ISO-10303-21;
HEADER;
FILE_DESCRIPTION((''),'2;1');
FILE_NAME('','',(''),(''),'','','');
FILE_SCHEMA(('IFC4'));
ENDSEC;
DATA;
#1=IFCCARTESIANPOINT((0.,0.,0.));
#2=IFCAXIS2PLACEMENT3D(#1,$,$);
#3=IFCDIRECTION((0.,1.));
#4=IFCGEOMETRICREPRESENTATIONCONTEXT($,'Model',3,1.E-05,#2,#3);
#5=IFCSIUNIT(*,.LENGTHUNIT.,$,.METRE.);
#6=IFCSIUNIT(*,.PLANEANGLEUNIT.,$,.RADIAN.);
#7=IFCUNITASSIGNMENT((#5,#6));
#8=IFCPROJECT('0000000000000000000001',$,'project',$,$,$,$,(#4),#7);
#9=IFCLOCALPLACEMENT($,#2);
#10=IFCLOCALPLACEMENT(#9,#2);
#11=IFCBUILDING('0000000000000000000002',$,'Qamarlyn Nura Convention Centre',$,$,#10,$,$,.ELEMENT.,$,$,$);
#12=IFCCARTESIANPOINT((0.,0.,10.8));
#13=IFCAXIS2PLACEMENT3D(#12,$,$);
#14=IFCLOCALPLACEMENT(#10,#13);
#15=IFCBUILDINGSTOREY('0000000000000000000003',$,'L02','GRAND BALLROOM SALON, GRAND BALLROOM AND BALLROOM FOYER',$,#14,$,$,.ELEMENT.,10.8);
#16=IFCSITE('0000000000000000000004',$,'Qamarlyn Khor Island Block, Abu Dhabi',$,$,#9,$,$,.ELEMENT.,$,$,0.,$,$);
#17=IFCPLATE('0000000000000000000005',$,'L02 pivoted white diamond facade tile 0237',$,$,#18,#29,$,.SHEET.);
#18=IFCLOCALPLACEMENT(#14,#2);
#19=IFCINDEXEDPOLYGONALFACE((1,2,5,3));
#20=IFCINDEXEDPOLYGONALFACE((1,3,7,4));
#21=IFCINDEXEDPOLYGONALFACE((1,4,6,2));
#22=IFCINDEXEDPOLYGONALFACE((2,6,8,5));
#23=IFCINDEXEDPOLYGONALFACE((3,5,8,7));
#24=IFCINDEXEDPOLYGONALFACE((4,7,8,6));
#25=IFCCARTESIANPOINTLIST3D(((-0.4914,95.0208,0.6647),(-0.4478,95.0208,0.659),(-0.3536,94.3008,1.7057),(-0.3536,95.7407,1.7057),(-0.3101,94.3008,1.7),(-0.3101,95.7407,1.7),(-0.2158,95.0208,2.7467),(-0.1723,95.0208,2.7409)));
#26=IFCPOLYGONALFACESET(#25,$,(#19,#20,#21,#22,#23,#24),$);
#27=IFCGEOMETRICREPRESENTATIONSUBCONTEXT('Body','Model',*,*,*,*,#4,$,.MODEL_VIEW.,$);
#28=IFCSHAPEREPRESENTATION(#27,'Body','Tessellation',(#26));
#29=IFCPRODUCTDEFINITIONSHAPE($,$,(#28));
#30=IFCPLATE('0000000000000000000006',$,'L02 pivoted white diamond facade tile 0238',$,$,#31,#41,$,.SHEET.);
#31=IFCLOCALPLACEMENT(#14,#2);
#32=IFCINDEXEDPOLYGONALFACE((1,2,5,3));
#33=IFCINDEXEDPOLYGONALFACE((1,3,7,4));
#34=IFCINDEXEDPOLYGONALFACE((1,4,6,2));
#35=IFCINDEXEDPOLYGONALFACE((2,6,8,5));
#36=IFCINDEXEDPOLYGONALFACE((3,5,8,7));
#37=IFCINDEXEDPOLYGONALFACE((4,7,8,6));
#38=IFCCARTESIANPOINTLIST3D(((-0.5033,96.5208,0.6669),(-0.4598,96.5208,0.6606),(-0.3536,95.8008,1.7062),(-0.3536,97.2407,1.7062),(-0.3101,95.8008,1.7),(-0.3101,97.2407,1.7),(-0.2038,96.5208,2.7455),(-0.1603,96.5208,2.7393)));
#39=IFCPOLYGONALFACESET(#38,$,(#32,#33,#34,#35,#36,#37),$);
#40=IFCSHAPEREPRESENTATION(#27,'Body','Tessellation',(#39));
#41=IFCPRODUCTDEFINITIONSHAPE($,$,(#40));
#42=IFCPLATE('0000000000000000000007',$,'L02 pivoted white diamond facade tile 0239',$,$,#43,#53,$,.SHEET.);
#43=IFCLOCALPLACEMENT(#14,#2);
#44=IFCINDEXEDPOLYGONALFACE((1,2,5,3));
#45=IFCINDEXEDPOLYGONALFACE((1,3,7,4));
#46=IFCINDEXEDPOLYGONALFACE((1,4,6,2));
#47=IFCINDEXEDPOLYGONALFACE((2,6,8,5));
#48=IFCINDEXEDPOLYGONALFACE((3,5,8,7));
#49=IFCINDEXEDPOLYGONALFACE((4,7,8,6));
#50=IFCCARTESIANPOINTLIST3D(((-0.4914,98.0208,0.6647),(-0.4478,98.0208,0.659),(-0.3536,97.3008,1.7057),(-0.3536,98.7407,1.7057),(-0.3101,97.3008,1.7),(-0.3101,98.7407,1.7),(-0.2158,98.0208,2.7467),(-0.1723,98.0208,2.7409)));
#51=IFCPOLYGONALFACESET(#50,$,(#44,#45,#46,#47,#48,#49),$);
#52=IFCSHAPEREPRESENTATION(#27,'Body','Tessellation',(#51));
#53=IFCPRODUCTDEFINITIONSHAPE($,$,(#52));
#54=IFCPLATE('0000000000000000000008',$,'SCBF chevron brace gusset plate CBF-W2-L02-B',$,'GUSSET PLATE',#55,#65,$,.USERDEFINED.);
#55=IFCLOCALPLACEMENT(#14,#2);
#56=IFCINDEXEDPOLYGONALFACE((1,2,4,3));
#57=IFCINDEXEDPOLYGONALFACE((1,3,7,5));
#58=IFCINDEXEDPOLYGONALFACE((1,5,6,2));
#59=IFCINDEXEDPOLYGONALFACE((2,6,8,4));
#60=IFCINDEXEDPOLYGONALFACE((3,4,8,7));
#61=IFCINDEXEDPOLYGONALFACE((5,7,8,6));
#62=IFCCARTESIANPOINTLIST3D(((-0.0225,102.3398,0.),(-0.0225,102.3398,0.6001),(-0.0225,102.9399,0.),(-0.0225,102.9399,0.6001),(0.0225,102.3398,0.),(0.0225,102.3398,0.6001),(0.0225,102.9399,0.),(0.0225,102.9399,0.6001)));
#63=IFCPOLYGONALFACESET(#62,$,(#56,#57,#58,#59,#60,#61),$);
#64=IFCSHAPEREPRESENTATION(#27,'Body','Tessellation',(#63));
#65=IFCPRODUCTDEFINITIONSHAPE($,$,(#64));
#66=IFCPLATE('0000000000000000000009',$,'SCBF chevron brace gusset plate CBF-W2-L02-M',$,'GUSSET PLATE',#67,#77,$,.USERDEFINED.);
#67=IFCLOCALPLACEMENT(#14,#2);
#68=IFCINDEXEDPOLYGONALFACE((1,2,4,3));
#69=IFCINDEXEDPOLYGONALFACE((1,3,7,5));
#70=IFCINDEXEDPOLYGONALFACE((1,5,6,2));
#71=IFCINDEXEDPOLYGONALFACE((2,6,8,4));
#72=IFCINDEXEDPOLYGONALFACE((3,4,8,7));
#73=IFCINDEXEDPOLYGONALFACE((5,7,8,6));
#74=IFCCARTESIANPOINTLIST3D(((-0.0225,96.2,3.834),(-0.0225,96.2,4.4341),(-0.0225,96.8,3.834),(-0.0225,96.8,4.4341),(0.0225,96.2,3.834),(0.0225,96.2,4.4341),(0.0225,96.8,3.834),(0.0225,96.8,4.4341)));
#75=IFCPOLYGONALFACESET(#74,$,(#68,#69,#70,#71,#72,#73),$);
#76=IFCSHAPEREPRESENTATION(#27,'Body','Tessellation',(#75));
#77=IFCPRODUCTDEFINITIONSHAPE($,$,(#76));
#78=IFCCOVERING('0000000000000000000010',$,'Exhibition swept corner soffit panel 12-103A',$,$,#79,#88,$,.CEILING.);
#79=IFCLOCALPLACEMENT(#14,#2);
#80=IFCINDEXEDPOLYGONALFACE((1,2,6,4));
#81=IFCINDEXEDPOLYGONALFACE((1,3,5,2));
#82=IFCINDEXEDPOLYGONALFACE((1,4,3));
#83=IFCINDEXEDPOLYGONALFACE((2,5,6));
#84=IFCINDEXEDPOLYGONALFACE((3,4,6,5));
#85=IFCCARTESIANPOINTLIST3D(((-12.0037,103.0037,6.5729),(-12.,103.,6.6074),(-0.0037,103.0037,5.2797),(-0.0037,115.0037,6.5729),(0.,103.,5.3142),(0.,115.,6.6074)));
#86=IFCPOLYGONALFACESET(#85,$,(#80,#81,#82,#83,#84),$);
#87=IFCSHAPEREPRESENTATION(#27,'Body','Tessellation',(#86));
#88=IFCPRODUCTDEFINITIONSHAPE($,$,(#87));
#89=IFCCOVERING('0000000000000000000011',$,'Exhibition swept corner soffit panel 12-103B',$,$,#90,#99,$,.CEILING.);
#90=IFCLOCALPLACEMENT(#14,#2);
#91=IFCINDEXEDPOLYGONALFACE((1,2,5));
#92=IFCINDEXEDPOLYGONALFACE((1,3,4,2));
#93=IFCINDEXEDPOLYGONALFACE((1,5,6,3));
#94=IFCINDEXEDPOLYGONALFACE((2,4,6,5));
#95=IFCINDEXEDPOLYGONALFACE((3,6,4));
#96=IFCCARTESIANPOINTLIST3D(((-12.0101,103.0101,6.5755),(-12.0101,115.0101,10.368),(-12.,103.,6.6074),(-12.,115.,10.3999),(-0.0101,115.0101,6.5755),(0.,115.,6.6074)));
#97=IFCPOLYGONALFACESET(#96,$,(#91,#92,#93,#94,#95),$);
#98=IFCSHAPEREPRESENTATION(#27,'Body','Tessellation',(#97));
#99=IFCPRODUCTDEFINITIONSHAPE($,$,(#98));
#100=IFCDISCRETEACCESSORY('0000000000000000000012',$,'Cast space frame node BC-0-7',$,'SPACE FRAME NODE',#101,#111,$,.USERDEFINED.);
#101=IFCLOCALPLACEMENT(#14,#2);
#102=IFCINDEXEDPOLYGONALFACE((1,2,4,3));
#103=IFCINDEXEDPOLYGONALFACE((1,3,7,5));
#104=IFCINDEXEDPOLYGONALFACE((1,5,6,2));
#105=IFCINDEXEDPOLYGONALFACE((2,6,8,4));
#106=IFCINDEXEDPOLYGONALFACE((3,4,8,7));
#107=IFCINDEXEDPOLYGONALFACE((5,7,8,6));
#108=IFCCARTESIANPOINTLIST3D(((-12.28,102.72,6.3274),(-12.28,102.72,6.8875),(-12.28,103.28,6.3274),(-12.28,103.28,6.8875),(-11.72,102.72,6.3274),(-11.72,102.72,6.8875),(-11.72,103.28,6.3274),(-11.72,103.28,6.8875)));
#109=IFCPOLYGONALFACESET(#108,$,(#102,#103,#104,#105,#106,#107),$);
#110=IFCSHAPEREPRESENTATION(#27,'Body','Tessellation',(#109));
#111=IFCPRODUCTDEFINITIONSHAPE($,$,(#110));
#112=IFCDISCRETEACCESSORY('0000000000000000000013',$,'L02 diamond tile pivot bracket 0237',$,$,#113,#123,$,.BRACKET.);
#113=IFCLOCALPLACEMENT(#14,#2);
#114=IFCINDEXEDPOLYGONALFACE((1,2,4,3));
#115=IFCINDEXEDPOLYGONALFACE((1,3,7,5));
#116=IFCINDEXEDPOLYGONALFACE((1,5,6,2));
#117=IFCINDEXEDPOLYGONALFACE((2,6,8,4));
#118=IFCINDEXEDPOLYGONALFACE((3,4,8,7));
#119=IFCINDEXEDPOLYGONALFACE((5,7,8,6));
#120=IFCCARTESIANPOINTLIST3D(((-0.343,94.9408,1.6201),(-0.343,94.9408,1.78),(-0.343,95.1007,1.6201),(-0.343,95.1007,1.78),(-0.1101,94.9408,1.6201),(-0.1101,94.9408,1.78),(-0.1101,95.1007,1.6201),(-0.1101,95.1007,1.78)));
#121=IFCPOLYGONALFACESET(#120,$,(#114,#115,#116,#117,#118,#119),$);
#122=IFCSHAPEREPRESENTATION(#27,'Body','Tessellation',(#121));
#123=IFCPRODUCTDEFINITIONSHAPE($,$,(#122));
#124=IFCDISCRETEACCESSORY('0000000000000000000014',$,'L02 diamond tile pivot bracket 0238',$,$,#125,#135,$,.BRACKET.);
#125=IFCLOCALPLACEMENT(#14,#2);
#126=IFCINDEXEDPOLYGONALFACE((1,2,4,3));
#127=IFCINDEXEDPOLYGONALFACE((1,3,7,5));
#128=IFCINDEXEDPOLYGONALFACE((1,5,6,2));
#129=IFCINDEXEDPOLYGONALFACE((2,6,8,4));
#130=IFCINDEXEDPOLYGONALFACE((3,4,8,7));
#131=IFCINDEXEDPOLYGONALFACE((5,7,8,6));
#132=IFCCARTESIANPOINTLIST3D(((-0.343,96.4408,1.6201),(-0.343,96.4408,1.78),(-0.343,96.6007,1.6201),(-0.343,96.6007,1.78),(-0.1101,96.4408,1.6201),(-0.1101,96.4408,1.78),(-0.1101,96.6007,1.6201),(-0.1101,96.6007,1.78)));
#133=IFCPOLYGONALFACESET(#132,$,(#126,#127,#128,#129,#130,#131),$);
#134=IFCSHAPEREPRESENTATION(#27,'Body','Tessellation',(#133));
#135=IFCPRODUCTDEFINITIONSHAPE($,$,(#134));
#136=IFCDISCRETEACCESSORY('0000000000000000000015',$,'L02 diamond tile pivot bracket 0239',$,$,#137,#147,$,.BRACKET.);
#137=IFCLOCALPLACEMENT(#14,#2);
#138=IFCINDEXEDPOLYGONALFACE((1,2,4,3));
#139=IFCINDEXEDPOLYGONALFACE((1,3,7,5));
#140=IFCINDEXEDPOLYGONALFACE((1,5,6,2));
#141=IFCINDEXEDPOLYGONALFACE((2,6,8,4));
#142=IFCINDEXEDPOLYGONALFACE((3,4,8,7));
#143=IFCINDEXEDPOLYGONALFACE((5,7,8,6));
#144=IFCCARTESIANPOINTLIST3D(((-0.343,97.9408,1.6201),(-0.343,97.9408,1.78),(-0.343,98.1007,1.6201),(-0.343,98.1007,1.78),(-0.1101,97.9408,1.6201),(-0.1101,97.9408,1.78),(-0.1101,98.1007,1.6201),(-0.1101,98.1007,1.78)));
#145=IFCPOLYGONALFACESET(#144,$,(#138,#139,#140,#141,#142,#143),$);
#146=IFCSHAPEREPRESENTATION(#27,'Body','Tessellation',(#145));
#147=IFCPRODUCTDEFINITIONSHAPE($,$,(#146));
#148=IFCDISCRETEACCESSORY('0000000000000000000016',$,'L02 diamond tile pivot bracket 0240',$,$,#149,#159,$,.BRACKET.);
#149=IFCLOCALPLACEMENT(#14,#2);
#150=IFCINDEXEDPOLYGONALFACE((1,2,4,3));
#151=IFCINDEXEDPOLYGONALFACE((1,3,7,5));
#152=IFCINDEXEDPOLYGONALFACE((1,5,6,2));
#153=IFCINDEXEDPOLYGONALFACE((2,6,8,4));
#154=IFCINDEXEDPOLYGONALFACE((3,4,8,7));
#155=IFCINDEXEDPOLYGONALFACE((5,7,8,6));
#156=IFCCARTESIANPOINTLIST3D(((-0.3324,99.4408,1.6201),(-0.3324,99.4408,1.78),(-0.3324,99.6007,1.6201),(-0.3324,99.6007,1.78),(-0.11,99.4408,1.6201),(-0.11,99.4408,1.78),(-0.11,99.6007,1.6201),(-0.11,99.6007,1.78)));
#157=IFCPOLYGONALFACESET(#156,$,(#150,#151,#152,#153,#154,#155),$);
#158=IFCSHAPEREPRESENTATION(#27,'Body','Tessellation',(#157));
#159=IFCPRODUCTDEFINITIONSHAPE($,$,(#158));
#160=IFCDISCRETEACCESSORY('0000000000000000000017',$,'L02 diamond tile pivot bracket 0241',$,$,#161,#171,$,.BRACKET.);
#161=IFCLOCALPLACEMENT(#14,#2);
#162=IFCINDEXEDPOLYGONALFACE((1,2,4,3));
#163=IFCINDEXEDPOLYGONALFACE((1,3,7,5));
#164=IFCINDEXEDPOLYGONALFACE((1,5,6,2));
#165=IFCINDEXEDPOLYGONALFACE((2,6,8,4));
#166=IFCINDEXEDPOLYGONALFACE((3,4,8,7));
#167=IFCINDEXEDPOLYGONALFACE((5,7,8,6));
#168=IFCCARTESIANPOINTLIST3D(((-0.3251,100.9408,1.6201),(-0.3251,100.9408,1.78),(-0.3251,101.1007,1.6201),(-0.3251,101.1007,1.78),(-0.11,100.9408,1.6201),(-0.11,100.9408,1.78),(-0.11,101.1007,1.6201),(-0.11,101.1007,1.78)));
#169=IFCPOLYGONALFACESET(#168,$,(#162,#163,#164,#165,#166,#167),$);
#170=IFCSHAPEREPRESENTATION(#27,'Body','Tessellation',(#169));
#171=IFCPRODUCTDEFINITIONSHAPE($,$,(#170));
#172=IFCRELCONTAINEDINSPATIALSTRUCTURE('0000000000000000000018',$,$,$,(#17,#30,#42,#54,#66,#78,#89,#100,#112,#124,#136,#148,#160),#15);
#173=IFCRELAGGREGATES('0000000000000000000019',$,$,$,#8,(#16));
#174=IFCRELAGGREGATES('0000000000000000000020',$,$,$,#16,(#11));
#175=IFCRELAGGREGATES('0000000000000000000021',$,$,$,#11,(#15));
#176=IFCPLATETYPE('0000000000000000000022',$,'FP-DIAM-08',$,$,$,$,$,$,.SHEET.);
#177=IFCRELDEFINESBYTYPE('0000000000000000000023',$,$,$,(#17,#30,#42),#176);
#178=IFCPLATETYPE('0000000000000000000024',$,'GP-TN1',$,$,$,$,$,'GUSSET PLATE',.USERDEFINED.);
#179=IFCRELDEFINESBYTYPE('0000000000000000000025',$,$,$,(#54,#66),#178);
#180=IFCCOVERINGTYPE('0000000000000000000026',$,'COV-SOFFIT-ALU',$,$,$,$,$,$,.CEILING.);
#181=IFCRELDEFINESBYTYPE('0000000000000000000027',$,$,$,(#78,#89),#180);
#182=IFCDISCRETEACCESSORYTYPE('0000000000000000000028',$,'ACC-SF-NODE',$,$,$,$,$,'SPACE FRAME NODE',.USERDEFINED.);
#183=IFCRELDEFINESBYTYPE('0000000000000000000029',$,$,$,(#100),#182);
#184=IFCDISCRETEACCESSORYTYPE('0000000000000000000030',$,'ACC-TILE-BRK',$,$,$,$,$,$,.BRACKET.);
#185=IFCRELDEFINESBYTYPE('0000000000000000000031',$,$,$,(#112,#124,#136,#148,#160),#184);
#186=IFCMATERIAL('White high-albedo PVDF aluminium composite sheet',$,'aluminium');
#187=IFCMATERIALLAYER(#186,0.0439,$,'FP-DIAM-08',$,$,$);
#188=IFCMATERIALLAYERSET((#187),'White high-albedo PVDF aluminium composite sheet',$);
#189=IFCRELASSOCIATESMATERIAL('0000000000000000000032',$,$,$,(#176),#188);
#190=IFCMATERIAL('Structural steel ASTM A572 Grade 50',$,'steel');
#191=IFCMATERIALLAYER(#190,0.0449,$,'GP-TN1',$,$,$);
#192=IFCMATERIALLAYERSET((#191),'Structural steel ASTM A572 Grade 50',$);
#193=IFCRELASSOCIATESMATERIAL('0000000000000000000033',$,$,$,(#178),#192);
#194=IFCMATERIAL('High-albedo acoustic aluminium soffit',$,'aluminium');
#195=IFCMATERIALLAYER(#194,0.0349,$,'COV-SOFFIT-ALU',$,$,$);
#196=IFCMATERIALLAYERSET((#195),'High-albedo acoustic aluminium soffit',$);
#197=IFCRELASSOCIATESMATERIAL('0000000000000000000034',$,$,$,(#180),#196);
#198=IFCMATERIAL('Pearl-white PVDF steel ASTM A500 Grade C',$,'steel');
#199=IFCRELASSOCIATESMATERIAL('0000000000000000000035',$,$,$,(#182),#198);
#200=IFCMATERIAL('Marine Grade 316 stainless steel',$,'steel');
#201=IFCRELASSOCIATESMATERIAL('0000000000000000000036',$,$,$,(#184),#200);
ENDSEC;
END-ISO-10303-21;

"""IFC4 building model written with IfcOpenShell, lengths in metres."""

from ifc_helpers import new_model, si_unit, direction, frame, origin, origin_2d, place, context, subcontext, project, spatial, polyline, rectangle, outline, extrude, material, layer, layer_set, type_object, element, save


model = new_model("IFC4")

# Units and contexts
model_context = context("Model", 3, precision=1e-05, world=origin(), true_north=direction((0.0, 1.0)))
body_context = subcontext(model_context, "Body", "Model", "MODEL_VIEW")
ifc_project = project(units=[si_unit("LENGTHUNIT", "METRE"), si_unit("PLANEANGLEUNIT", "RADIAN")], contexts=[model_context])

# Site, building, storey
site_placement = place(None, origin())
site = spatial("IfcSite", under=ifc_project, at=site_placement, Name="Qamarlyn Khor Island Block, Abu Dhabi", CompositionType="ELEMENT", RefElevation=0.0)
building_placement = place(site_placement, origin())
building = spatial("IfcBuilding", under=site, at=building_placement, Name="Qamarlyn Nura Convention Centre", CompositionType="ELEMENT")
storey_placement = place(building_placement, frame((0.0, 0.0, 10.8)))
storey = spatial("IfcBuildingStorey", under=building, at=storey_placement, Name="L02", Description="GRAND BALLROOM SALON, GRAND BALLROOM AND BALLROOM FOYER", CompositionType="ELEMENT", Elevation=10.8)

# Shared definitions
ifc_material_1 = material(Name="Pearl-white PVDF steel ASTM A500 Grade C", Category="steel")

# Plates
ifc_material_2 = material(Name="White high-albedo PVDF aluminium composite sheet", Category="aluminium")
ifc_layer_1 = layer(ifc_material_2, 0.0439, Name="FP-DIAM-08")
ifc_layer_set_1 = layer_set([ifc_layer_1], Name="White high-albedo PVDF aluminium composite sheet")
plate_type_1 = type_object("IfcPlateType", Name="FP-DIAM-08", PredefinedType="SHEET", material=ifc_layer_set_1)
for number, where, z_axis, x_axis, name in (
    (1, (-0.3101, 95.0208, 1.7), (-0.991353, 0.0, 0.131218), (0.0, -1.0, 0.0), "L02 pivoted white diamond facade tile 0237"),
    (2, (-0.3101, 96.5208, 1.7), (-0.989776, 0.0, 0.142629), (0.0, -1.0, 0.0), "L02 pivoted white diamond facade tile 0238"),
    (3, (-0.3101, 98.0208, 1.7), (-0.991353, 0.0, 0.131218), (0.0, -1.0, 0.0), "L02 pivoted white diamond facade tile 0239"),
):
    element("IfcPlate", number, at=place(storey_placement, frame(where, z_axis=z_axis, x_axis=x_axis)), inside=storey, type_object=plate_type_1, Name=name, PredefinedType="SHEET", context=body_context, shape_type="SweptSolid", body=[
        extrude(outline(polyline([(-0.72, 0.0), (0.0, -1.05), (0.72, 0.0), (0.0, 1.05), (-0.72, 0.0)])), origin(), (0.0, 0.0, 1.0), 0.0439),
    ])
ifc_material_3 = material(Name="Structural steel ASTM A572 Grade 50", Category="steel")
ifc_layer_2 = layer(ifc_material_3, 0.0449, Name="GP-TN1")
ifc_layer_set_2 = layer_set([ifc_layer_2], Name="Structural steel ASTM A572 Grade 50")
plate_type_2 = type_object("IfcPlateType", Name="GP-TN1", ElementType="GUSSET PLATE", PredefinedType="USERDEFINED", material=ifc_layer_set_2)
for number, where, z_axis, x_axis, name in (
    (4, (0.0, 102.6399, 0.0), (0.0, 0.0, 1.0), (0.0, 1.0, 0.0), "SCBF chevron brace gusset plate CBF-W2-L02-B"),
    (5, (0.0, 96.5, 3.834), (0.0, 0.0, 1.0), (0.0, 1.0, 0.0), "SCBF chevron brace gusset plate CBF-W2-L02-M"),
):
    element("IfcPlate", number, at=place(storey_placement, frame(where, z_axis=z_axis, x_axis=x_axis)), inside=storey, type_object=plate_type_2, Name=name, ObjectType="GUSSET PLATE", PredefinedType="USERDEFINED", context=body_context, shape_type="SweptSolid", body=[
        extrude(rectangle(XDim=0.6001, YDim=0.0449, at=origin_2d()), origin(), (0.0, 0.0, 1.0), 0.6001),
    ])

# Coverings
ifc_material_4 = material(Name="High-albedo acoustic aluminium soffit", Category="aluminium")
ifc_layer_3 = layer(ifc_material_4, 0.0349, Name="COV-SOFFIT-ALU")
ifc_layer_set_3 = layer_set([ifc_layer_3], Name="High-albedo acoustic aluminium soffit")
covering_type = type_object("IfcCoveringType", Name="COV-SOFFIT-ALU", PredefinedType="CEILING", material=ifc_layer_set_3)
covering_1_placement = place(storey_placement, frame((-12.0, 103.0, 6.6074), z_axis=(0.106538, -0.106538, 0.988585), x_axis=(0.994243, 0.0, -0.107147)))
element("IfcCovering", 6, at=covering_1_placement, inside=storey, type_object=covering_type, Name="Exhibition swept corner soffit panel 12-103A", PredefinedType="CEILING", context=body_context, shape_type="SweptSolid", body=[
    extrude(outline(polyline([(0.0, 0.0), (12.0695, 0.0), (11.9309, 12.0687), (0.0, 0.0)])), origin(), (0.0, 0.0, -1.0), 0.0349),
])
covering_2_placement = place(storey_placement, frame((-12.0, 103.0, 6.6074), z_axis=(0.288532, -0.288532, 0.912961), x_axis=(0.707107, 0.707107, 0.0)))
element("IfcCovering", 7, at=covering_2_placement, inside=storey, type_object=covering_type, Name="Exhibition swept corner soffit panel 12-103B", PredefinedType="CEILING", context=body_context, shape_type="SweptSolid", body=[
    extrude(outline(polyline([(0.0, 0.0), (16.9706, 0.0), (8.4853, 9.2942), (0.0, 0.0)])), origin(), (0.0, 0.0, -1.0), 0.0349),
])

# Discrete accessories
discrete_accessory_type_1 = type_object("IfcDiscreteAccessoryType", Name="ACC-SF-NODE", ElementType="SPACE FRAME NODE", PredefinedType="USERDEFINED", material=ifc_material_1)
discrete_accessory_1_placement = place(storey_placement, frame((-12.0, 103.0, 6.3274), z_axis=(0.0, 0.0, 1.0), x_axis=(1.0, 0.0, 0.0)))
element("IfcDiscreteAccessory", 8, at=discrete_accessory_1_placement, inside=storey, type_object=discrete_accessory_type_1, Name="Cast space frame node BC-0-7", ObjectType="SPACE FRAME NODE", PredefinedType="USERDEFINED", context=body_context, shape_type="SweptSolid", body=[
    extrude(rectangle(XDim=0.5601, YDim=0.5601, at=origin_2d()), origin(), (0.0, 0.0, 1.0), 0.5601),
])
ifc_material_5 = material(Name="Marine Grade 316 stainless steel", Category="steel")
discrete_accessory_type_2 = type_object("IfcDiscreteAccessoryType", Name="ACC-TILE-BRK", PredefinedType="BRACKET", material=ifc_material_5)
for number, where, z_axis, x_axis, name in (
    (9, (-0.2266, 95.0208, 1.6201), (0.0, 0.0, 1.0), (-1.0, 0.0, 0.0), "L02 diamond tile pivot bracket 0237"),
    (10, (-0.2266, 96.5208, 1.6201), (0.0, 0.0, 1.0), (-1.0, 0.0, 0.0), "L02 diamond tile pivot bracket 0238"),
    (11, (-0.2266, 98.0208, 1.6201), (0.0, 0.0, 1.0), (-1.0, 0.0, 0.0), "L02 diamond tile pivot bracket 0239"),
):
    element("IfcDiscreteAccessory", number, at=place(storey_placement, frame(where, z_axis=z_axis, x_axis=x_axis)), inside=storey, type_object=discrete_accessory_type_2, Name=name, PredefinedType="BRACKET", context=body_context, shape_type="SweptSolid", body=[
        extrude(rectangle(XDim=0.2329, YDim=0.1599, at=origin_2d()), origin(), (0.0, 0.0, 1.0), 0.1599),
    ])
discrete_accessory_2_placement = place(storey_placement, frame((-0.2212, 99.5208, 1.6201), z_axis=(0.0, 0.0, 1.0), x_axis=(-1.0, 0.0, 0.0)))
element("IfcDiscreteAccessory", 12, at=discrete_accessory_2_placement, inside=storey, type_object=discrete_accessory_type_2, Name="L02 diamond tile pivot bracket 0240", PredefinedType="BRACKET", context=body_context, shape_type="SweptSolid", body=[
    extrude(rectangle(XDim=0.2224, YDim=0.1599, at=origin_2d()), origin(), (0.0, 0.0, 1.0), 0.1599),
])
discrete_accessory_3_placement = place(storey_placement, frame((-0.2175, 101.0208, 1.6201), z_axis=(0.0, 0.0, 1.0), x_axis=(-1.0, 0.0, 0.0)))
element("IfcDiscreteAccessory", 13, at=discrete_accessory_3_placement, inside=storey, type_object=discrete_accessory_type_2, Name="L02 diamond tile pivot bracket 0241", PredefinedType="BRACKET", context=body_context, shape_type="SweptSolid", body=[
    extrude(rectangle(XDim=0.2151, YDim=0.1599, at=origin_2d()), origin(), (0.0, 0.0, 1.0), 0.1599),
])

save(model, "model.ifc")
